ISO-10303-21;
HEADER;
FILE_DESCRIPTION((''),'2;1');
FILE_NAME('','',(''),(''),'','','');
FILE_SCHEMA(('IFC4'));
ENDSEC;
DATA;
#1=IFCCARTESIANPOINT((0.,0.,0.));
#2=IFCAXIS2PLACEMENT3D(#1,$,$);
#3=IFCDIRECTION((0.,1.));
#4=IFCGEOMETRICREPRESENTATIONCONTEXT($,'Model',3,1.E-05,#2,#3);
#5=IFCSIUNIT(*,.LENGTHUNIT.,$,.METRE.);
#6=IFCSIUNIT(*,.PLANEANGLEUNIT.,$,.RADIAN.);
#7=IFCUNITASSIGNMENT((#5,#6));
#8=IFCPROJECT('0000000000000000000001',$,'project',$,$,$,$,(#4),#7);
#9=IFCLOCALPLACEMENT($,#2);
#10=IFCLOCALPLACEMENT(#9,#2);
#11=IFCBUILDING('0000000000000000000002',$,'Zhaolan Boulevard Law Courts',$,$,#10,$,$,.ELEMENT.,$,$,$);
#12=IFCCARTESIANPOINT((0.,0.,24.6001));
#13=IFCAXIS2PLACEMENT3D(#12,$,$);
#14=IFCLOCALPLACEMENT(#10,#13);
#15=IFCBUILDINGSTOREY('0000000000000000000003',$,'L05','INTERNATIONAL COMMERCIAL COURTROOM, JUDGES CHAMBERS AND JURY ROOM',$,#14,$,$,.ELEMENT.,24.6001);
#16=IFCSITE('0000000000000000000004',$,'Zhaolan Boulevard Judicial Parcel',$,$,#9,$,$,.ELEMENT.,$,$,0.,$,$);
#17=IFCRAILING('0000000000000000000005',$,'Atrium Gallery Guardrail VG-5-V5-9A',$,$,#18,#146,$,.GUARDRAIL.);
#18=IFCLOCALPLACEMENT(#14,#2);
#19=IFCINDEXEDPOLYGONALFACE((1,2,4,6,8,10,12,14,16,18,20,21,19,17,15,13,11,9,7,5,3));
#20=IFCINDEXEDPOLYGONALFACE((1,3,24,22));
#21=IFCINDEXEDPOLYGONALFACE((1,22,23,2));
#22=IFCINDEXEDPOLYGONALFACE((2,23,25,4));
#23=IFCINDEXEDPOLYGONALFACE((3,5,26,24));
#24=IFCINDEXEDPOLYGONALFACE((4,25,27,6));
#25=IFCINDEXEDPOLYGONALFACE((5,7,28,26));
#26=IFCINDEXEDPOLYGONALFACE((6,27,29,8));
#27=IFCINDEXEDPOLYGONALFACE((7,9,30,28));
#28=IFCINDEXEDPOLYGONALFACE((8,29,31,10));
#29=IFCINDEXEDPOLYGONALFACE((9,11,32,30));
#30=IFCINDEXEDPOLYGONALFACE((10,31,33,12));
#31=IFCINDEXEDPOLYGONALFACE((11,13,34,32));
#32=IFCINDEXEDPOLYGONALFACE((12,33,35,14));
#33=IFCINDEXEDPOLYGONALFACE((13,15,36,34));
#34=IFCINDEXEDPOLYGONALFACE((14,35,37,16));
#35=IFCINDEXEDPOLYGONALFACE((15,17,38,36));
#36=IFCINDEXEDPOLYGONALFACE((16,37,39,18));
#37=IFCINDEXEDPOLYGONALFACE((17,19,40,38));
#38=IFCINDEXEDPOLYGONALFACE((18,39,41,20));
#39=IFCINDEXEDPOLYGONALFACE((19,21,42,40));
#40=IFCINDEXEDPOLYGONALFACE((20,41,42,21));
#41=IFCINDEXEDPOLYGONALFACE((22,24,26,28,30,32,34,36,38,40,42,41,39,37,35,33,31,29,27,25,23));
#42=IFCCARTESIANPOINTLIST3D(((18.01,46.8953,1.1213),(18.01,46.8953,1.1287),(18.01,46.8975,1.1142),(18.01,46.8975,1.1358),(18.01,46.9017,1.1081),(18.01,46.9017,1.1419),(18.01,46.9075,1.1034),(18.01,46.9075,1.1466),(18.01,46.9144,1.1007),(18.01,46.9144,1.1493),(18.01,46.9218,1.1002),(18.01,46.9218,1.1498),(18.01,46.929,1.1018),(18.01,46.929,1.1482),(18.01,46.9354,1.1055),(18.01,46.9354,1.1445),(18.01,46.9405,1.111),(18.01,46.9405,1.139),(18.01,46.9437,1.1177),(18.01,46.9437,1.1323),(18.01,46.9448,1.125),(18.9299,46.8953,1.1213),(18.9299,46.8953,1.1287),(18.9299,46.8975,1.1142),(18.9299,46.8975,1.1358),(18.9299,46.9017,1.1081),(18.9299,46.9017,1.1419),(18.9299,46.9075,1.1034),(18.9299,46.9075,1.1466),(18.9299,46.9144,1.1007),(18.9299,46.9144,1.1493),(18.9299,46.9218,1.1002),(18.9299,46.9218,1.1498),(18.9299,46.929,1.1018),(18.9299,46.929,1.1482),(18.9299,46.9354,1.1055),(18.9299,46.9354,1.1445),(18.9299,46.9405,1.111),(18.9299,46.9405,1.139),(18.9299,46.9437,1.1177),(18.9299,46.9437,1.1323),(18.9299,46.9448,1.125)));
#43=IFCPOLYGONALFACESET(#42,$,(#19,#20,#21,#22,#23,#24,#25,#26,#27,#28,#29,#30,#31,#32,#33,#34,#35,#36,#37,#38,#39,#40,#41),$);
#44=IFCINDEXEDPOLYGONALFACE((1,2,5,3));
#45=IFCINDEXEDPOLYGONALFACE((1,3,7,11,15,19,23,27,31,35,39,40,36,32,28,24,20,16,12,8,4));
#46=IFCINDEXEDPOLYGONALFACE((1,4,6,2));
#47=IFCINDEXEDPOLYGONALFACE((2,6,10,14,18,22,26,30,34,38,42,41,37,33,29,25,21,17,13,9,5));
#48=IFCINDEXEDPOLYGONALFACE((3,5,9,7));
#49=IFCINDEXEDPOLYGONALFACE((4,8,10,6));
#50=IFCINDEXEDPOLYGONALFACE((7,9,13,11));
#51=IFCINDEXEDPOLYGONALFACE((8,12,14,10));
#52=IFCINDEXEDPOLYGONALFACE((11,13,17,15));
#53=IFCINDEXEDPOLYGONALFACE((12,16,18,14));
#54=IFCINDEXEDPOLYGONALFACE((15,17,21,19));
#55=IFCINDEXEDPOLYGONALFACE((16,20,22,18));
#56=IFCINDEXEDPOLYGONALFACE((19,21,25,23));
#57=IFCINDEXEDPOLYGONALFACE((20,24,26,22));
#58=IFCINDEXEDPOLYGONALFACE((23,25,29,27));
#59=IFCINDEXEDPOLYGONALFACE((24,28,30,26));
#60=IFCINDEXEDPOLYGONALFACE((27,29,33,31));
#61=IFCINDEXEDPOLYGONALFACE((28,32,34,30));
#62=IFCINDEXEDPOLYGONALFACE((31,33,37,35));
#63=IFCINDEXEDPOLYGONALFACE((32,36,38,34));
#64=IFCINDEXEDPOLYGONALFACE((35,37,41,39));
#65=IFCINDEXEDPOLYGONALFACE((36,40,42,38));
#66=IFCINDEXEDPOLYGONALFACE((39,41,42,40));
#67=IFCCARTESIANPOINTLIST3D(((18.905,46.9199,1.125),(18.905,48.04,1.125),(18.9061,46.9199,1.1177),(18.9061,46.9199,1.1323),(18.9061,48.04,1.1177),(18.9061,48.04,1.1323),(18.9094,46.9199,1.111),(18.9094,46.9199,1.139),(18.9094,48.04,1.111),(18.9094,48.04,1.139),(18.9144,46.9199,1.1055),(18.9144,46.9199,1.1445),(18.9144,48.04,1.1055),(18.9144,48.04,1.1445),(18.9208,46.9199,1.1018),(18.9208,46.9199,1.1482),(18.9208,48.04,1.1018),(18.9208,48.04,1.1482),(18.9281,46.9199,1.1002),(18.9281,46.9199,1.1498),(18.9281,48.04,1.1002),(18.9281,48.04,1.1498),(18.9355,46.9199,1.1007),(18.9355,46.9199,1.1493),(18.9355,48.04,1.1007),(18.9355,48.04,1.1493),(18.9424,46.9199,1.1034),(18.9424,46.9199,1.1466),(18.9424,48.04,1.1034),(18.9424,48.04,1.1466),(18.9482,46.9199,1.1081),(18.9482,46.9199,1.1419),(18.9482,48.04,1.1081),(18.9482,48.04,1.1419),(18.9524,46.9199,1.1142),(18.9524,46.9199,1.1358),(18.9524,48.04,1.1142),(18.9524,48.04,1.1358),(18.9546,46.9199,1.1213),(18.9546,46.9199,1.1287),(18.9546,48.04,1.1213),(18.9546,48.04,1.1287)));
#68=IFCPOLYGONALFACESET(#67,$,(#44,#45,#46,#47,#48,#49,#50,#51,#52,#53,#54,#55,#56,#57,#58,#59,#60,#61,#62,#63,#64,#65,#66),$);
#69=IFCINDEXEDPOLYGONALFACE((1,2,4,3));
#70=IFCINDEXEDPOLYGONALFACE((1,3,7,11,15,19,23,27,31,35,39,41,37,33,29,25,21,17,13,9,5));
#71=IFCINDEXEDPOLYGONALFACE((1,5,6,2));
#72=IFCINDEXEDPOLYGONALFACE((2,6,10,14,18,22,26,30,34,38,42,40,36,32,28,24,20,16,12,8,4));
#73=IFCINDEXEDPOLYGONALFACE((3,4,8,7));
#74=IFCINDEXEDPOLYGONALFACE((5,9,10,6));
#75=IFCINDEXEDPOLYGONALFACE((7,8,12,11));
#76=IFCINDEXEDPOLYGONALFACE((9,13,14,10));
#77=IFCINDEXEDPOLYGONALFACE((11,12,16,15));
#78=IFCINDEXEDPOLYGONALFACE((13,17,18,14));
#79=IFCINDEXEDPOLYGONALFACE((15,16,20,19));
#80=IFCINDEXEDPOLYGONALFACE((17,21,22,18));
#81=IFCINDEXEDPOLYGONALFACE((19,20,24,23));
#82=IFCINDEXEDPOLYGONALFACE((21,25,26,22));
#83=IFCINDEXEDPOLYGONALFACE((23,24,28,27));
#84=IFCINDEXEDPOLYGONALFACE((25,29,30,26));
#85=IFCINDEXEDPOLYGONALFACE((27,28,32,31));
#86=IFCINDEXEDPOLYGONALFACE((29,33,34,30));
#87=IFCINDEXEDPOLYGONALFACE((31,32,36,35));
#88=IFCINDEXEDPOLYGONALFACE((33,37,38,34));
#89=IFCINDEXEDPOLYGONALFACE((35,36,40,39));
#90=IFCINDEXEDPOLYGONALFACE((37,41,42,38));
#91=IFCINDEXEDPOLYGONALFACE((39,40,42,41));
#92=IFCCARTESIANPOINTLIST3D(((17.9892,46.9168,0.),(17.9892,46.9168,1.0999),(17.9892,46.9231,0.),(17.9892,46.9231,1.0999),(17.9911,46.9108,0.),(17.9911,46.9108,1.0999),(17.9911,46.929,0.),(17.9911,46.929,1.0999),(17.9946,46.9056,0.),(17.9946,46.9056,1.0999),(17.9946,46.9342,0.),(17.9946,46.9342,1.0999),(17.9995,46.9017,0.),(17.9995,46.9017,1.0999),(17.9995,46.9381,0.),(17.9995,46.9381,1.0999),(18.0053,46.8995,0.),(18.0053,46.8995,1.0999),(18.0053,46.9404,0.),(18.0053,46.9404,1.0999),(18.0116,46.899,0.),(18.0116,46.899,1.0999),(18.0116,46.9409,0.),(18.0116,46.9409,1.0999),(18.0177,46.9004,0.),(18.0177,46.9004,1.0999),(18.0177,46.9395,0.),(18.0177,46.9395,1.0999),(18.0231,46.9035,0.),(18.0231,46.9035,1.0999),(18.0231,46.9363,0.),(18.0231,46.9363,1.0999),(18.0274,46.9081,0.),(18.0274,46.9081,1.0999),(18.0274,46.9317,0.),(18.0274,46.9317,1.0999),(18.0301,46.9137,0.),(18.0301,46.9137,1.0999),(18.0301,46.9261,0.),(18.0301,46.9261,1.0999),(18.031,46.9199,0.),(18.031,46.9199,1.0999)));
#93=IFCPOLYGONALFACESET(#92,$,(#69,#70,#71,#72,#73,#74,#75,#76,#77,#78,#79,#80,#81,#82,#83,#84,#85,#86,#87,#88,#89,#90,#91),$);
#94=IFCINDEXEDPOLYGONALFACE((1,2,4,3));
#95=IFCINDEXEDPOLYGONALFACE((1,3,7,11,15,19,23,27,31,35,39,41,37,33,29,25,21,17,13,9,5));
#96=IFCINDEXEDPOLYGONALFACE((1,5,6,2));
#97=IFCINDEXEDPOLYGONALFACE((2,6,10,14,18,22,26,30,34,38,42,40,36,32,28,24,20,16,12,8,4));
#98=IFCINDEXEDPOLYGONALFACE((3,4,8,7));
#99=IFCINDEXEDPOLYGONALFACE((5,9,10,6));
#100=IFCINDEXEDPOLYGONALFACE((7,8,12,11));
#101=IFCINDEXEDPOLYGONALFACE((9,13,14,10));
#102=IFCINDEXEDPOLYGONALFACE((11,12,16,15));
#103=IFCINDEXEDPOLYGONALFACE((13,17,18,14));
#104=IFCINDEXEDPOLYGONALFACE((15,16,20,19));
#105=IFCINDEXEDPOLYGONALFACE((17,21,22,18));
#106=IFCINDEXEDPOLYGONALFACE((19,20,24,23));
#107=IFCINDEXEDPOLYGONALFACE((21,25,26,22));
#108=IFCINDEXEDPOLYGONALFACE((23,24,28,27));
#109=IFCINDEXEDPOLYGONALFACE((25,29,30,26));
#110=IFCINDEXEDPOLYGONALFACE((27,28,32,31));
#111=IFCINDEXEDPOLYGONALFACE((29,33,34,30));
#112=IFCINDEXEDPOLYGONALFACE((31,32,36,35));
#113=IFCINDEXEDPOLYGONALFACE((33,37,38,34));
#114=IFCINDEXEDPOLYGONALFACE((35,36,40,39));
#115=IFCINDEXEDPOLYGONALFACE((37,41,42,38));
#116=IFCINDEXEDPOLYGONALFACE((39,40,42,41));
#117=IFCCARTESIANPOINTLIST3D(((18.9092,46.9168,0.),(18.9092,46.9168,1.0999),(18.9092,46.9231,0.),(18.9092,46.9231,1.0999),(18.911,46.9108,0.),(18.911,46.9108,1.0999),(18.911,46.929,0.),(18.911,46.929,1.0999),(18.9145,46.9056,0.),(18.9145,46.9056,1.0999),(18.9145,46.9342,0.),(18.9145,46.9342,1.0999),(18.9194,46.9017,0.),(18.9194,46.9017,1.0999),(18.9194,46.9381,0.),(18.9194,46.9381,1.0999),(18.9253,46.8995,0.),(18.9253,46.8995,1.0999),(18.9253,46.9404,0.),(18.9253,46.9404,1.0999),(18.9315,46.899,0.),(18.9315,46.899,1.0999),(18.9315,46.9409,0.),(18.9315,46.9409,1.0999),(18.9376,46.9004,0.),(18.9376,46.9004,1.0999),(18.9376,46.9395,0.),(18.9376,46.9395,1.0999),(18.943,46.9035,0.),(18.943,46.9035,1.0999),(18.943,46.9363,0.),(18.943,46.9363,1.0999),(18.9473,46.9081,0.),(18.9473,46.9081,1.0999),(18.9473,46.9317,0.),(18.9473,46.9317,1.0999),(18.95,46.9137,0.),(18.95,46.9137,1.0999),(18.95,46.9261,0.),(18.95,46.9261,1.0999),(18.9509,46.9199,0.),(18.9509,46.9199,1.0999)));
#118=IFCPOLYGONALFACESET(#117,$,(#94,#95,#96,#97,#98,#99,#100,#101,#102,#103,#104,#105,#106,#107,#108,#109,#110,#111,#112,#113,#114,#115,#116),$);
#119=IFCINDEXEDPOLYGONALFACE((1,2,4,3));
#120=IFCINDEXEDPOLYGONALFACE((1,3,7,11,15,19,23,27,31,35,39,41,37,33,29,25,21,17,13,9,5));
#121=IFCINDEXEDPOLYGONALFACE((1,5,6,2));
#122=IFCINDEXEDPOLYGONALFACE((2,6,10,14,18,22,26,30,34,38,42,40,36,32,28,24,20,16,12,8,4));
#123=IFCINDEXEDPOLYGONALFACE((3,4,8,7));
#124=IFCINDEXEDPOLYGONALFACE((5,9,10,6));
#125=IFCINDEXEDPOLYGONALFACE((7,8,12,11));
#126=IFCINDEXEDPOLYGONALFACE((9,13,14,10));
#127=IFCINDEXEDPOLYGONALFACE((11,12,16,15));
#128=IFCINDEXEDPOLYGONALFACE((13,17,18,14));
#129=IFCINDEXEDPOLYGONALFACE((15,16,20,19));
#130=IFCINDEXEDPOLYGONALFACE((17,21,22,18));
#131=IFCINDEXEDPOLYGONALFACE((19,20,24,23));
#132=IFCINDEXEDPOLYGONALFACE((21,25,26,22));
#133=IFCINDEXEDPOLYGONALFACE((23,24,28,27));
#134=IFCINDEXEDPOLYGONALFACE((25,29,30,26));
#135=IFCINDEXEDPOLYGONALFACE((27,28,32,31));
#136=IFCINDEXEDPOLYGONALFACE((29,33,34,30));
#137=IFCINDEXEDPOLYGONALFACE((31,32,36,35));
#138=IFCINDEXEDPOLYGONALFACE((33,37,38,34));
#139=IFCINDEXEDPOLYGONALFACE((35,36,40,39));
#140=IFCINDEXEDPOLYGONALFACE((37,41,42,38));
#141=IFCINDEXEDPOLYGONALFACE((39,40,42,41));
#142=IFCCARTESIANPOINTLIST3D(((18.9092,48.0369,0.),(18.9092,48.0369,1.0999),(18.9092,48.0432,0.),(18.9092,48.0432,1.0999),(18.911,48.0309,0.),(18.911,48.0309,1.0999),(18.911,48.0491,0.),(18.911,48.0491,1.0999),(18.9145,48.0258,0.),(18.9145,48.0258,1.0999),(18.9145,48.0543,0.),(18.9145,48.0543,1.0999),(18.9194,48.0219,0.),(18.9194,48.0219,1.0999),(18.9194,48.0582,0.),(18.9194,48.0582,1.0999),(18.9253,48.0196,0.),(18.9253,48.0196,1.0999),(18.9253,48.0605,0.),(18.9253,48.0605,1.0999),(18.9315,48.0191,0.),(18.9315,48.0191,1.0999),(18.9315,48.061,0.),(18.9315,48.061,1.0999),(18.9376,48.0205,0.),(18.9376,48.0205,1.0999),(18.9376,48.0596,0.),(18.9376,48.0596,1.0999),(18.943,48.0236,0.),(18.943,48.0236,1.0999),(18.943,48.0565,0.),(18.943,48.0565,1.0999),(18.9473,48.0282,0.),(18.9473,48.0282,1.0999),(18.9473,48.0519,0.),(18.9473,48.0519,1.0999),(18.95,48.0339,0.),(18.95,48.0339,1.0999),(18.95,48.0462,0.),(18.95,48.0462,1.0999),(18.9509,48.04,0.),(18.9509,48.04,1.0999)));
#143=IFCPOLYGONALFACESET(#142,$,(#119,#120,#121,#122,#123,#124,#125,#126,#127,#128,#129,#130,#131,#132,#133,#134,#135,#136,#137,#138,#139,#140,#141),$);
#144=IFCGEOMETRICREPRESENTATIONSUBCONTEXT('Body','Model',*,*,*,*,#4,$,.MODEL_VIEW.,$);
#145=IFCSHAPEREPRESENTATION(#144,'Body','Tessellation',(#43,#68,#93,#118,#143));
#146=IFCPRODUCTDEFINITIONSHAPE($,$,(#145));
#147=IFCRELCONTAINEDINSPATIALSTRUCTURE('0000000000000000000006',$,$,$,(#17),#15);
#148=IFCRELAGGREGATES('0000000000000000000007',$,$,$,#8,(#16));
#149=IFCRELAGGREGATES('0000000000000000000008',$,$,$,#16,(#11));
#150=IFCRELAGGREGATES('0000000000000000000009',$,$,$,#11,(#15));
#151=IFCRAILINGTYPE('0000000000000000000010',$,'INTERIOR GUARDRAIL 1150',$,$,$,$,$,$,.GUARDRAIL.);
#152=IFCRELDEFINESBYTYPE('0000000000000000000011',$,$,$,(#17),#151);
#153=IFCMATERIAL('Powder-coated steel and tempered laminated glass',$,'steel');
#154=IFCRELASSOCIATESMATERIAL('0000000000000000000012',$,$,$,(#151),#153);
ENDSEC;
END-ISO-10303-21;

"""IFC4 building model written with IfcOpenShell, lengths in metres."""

from ifc_helpers import new_model, si_unit, direction, frame, origin, origin_2d, place, context, subcontext, project, spatial, circle, extrude, material, type_object, element, save


model = new_model("IFC4")

# Units and contexts
model_context = context("Model", 3, precision=1e-05, world=origin(), true_north=direction((0.0, 1.0)))
body_context = subcontext(model_context, "Body", "Model", "MODEL_VIEW")
ifc_project = project(units=[si_unit("LENGTHUNIT", "METRE"), si_unit("PLANEANGLEUNIT", "RADIAN")], contexts=[model_context])

# Site, building, storey
site_placement = place(None, origin())
site = spatial("IfcSite", under=ifc_project, at=site_placement, Name="Zhaolan Boulevard Judicial Parcel", CompositionType="ELEMENT", RefElevation=0.0)
building_placement = place(site_placement, origin())
building = spatial("IfcBuilding", under=site, at=building_placement, Name="Zhaolan Boulevard Law Courts", CompositionType="ELEMENT")
storey_placement = place(building_placement, frame((0.0, 0.0, 24.6001)))
storey = spatial("IfcBuildingStorey", under=building, at=storey_placement, Name="L05", Description="INTERNATIONAL COMMERCIAL COURTROOM, JUDGES CHAMBERS AND JURY ROOM", CompositionType="ELEMENT", Elevation=24.6001)

# Railing
ifc_material_1 = material(Name="Powder-coated steel and tempered laminated glass", Category="steel")
railing_type_1 = type_object("IfcRailingType", Name="INTERIOR GUARDRAIL 1150", PredefinedType="GUARDRAIL", material=ifc_material_1)
railing_1_placement = place(storey_placement, frame((18.01, 46.9199, 0.0)))
element("IfcRailing", 1, at=railing_1_placement, inside=storey, type_object=railing_type_1, Name="Atrium Gallery Guardrail VG-5-V5-9A", PredefinedType="GUARDRAIL", context=body_context, shape_type="SweptSolid", body=[
    extrude(circle(Radius=0.0249, at=origin_2d()), frame((0.0, 0.0, 1.125), z_axis=(1.0, 0.0, 0.0), x_axis=(0.0, 1.0, 0.0)), (0.0, 0.0, 1.0), 0.9199),
    extrude(circle(Radius=0.0249, at=origin_2d()), frame((0.9199, 0.0, 1.125), z_axis=(0.0, 1.0, 0.0), x_axis=(-1.0, 0.0, 0.0)), (0.0, 0.0, 1.0), 1.1201),
    extrude(circle(Radius=0.021, at=origin_2d()), origin(), (0.0, 0.0, 1.0), 1.0999),
    extrude(circle(Radius=0.021, at=origin_2d()), frame((0.9199, 0.0, 0.0)), (0.0, 0.0, 1.0), 1.0999),
    extrude(circle(Radius=0.021, at=origin_2d()), frame((0.9199, 1.1201, 0.0)), (0.0, 0.0, 1.0), 1.0999),
])

save(model, "model.ifc")
